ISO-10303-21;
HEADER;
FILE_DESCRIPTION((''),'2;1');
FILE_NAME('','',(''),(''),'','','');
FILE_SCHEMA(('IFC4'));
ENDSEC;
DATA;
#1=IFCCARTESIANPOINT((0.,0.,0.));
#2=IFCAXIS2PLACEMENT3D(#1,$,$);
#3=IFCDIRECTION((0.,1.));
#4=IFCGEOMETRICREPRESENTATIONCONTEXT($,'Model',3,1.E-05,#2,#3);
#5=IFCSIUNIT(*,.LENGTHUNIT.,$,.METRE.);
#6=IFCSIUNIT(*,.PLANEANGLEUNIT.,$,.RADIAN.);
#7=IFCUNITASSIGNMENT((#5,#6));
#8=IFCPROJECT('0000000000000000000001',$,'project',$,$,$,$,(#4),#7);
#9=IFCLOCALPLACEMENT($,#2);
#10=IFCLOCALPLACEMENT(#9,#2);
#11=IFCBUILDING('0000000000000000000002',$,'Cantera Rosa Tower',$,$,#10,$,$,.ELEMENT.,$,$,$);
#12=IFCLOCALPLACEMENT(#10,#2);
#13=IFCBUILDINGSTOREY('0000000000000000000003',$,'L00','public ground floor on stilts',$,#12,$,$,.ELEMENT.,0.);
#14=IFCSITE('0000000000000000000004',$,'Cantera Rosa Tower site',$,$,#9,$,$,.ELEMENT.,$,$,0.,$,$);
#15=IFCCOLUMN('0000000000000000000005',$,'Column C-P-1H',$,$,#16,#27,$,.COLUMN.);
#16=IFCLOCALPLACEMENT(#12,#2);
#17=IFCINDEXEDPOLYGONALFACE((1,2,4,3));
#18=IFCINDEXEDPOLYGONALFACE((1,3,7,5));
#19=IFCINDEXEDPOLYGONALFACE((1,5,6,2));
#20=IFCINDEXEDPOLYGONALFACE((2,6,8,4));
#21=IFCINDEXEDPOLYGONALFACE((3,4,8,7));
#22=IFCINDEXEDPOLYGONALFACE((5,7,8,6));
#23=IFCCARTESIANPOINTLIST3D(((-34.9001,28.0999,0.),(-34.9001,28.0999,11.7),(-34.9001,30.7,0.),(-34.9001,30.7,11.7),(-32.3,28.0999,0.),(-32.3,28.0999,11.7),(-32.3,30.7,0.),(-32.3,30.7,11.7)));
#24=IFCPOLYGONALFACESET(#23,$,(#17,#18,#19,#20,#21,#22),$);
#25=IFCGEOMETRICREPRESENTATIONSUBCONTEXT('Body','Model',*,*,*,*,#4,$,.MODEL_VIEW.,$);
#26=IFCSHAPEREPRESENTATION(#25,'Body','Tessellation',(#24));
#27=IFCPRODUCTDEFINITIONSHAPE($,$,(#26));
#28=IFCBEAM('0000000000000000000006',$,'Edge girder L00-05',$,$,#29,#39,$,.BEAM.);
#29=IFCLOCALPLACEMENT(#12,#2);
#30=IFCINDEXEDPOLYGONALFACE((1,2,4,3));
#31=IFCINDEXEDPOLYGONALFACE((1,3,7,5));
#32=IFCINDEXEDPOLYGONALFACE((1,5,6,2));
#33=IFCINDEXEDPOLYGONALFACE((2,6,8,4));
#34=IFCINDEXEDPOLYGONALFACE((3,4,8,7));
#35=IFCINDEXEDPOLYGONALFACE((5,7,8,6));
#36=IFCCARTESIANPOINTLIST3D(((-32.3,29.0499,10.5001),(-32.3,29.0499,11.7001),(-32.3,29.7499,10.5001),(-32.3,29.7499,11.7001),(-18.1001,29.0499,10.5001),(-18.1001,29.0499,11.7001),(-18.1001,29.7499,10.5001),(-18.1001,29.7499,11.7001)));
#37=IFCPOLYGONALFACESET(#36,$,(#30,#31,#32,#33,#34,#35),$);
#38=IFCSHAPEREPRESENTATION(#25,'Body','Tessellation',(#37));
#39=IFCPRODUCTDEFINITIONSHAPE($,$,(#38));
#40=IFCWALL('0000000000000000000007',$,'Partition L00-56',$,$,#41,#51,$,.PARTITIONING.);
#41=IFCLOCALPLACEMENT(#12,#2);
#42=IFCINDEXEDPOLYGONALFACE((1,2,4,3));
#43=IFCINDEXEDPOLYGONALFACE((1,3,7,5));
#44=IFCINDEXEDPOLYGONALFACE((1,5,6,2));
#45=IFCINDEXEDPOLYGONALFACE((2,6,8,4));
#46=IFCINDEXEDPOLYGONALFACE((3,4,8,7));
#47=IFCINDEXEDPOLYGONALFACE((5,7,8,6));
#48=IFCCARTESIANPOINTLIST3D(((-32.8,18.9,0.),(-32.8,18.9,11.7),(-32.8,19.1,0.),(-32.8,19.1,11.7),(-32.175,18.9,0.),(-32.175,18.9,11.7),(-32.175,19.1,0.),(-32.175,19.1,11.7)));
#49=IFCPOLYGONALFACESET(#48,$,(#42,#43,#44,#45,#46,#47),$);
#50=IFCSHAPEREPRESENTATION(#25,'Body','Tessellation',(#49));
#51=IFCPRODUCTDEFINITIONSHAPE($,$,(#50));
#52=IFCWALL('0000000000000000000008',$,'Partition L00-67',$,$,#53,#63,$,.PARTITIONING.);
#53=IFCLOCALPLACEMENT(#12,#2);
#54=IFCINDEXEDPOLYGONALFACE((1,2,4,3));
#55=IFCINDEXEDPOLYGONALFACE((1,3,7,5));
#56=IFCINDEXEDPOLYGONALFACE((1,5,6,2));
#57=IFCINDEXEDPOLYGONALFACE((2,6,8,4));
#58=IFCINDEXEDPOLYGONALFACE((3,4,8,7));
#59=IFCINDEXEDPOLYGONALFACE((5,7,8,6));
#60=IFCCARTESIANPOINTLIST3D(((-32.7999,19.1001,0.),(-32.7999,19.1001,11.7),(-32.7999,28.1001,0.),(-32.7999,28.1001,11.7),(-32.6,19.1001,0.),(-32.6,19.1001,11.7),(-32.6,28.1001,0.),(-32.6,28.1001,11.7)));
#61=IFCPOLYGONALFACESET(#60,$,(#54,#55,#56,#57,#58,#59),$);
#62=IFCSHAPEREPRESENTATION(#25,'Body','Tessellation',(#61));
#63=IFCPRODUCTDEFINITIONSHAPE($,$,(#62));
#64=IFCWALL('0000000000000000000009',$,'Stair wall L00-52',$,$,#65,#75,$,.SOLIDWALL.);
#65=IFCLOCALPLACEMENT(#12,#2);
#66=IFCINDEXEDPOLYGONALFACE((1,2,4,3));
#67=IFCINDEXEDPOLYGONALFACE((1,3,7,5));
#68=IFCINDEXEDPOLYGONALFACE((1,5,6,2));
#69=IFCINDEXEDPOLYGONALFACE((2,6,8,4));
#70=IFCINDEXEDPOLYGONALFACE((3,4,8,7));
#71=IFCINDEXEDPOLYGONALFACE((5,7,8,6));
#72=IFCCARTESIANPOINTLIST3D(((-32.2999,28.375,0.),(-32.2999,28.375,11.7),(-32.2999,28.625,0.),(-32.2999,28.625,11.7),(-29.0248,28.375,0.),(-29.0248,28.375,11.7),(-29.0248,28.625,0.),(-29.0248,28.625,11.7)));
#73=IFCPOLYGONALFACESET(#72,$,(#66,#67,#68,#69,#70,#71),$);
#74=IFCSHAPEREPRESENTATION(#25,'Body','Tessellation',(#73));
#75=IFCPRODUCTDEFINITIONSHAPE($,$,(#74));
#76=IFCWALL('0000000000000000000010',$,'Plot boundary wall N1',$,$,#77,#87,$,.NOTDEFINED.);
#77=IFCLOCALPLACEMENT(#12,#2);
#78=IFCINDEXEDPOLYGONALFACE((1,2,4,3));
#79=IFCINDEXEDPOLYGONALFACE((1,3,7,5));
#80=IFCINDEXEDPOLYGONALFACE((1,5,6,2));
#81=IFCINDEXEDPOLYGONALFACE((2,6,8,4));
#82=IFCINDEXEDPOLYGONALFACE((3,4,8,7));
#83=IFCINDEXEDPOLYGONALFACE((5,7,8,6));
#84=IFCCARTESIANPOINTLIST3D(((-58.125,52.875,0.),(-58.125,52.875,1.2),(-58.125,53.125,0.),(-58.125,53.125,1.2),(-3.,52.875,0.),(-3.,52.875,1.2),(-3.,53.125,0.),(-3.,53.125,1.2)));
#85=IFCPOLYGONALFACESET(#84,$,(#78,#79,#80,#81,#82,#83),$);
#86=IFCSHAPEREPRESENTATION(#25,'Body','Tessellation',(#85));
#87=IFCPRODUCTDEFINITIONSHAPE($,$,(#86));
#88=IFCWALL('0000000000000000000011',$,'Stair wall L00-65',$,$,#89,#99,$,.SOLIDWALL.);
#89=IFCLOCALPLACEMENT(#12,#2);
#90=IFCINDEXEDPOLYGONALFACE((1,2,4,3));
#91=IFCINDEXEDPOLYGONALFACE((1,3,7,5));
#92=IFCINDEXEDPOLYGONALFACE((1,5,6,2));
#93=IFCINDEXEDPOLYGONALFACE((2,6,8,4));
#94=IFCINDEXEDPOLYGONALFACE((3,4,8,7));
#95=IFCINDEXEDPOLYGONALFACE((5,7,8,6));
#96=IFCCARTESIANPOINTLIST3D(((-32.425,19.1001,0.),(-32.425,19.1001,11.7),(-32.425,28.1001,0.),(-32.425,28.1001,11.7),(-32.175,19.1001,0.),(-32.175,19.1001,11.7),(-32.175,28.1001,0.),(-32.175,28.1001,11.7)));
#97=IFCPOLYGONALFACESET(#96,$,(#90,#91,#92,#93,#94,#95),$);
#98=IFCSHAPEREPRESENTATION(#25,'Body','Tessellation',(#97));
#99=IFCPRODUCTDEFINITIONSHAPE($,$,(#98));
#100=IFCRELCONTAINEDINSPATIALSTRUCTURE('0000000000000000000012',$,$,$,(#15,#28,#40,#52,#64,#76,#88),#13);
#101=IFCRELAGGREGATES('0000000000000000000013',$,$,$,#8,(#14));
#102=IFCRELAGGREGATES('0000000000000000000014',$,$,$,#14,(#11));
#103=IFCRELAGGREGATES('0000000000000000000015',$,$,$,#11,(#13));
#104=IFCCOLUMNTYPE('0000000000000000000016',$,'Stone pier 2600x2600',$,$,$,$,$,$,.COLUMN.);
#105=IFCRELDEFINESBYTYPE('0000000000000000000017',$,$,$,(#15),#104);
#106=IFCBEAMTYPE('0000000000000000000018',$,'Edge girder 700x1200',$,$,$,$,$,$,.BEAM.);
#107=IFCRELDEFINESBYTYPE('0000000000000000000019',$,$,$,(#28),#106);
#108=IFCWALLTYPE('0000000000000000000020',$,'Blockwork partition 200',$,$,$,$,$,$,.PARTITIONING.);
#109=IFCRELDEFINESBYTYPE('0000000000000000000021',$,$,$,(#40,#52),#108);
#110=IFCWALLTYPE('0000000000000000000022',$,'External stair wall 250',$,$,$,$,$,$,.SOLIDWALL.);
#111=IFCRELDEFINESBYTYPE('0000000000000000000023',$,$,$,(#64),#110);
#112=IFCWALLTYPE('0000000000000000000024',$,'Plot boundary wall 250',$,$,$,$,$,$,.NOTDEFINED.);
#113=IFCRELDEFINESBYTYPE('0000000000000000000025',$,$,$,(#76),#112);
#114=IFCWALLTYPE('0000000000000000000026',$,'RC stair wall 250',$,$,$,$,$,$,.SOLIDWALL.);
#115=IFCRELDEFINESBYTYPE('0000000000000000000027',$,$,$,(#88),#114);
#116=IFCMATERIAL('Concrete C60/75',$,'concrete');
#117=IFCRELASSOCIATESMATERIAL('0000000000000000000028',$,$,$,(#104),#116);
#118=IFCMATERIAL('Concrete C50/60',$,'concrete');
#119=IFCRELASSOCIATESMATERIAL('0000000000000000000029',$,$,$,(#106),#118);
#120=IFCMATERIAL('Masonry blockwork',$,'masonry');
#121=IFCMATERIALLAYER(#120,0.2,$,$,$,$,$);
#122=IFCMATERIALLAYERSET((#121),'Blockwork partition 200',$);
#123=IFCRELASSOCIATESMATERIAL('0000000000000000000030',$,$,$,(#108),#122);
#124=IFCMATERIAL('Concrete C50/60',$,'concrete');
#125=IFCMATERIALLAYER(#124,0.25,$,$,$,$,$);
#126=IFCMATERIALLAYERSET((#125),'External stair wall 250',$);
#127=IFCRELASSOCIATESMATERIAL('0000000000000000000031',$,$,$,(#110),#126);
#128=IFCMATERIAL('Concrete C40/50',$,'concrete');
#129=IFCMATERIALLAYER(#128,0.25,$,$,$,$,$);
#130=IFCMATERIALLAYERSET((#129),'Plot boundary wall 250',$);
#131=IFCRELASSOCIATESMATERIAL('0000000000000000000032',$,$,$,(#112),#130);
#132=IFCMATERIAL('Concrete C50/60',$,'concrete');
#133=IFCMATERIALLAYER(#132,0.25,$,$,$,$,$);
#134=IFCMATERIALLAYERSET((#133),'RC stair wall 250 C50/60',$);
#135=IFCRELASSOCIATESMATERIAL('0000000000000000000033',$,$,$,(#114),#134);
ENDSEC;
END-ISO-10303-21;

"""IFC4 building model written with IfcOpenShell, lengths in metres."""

from ifc_helpers import new_model, si_unit, direction, frame, frame_2d, origin, origin_2d, place, context, subcontext, project, spatial, rectangle, extrude, material, layer, layer_set, material_profile, profile_set, type_object, element, save


model = new_model("IFC4")

# Units and contexts
model_context = context("Model", 3, precision=1e-05, world=origin(), true_north=direction((0.0, 1.0)))
body_context = subcontext(model_context, "Body", "Model", "MODEL_VIEW")
ifc_project = project(units=[si_unit("LENGTHUNIT", "METRE"), si_unit("PLANEANGLEUNIT", "RADIAN")], contexts=[model_context])

# Site, building, storey
site_placement = place(None, origin())
site = spatial("IfcSite", under=ifc_project, at=site_placement, Name="Cantera Rosa Tower site", CompositionType="ELEMENT", RefElevation=0.0)
building_placement = place(site_placement, origin())
building = spatial("IfcBuilding", under=site, at=building_placement, Name="Cantera Rosa Tower", CompositionType="ELEMENT")
storey_placement = place(building_placement, origin())
storey = spatial("IfcBuildingStorey", under=building, at=storey_placement, Name="L00", Description="public ground floor on stilts", CompositionType="ELEMENT", Elevation=0.0)

# Column
ifc_material_1 = material(Name="Concrete C60/75", Category="concrete")
ifc_material_profile_1 = material_profile(ifc_material_1, rectangle(XDim=2.6001, YDim=2.6001, at=origin_2d()), Name="Stone pier 2600x2600")
ifc_profile_set_1 = profile_set([ifc_material_profile_1], Name="Concrete C60/75")
column_type = type_object("IfcColumnType", Name="Stone pier 2600x2600", PredefinedType="COLUMN", material=ifc_profile_set_1)
column_placement = place(storey_placement, frame((-33.6001, 29.3999, 0.0), z_axis=(0.0, 0.0, 1.0), x_axis=(1.0, 0.0, 0.0)))
element("IfcColumn", 1, at=column_placement, inside=storey, type_object=column_type, Name="Column C-P-1H", PredefinedType="COLUMN", context=body_context, shape_type="SweptSolid", body=[
    extrude(rectangle(XDim=2.6001, YDim=2.6001, at=origin_2d()), origin(), (0.0, 0.0, 1.0), 11.7),
])

# Beam
ifc_material_2 = material(Name="Concrete C50/60", Category="concrete")
ifc_material_profile_2 = material_profile(ifc_material_2, rectangle(XDim=0.7, YDim=1.2, at=origin_2d()), Name="Edge girder 700x1200")
ifc_profile_set_2 = profile_set([ifc_material_profile_2], Name="Concrete C50/60")
beam_type = type_object("IfcBeamType", Name="Edge girder 700x1200", PredefinedType="BEAM", material=ifc_profile_set_2)
beam_placement = place(storey_placement, frame((-32.3, 29.3999, 11.1001), z_axis=(1.0, 0.0, 0.0), x_axis=(0.0, 1.0, 0.0)))
element("IfcBeam", 2, at=beam_placement, inside=storey, type_object=beam_type, Name="Edge girder L00-05", PredefinedType="BEAM", context=body_context, shape_type="SweptSolid", body=[
    extrude(rectangle(XDim=0.7, YDim=1.2, at=origin_2d()), origin(), (0.0, 0.0, 1.0), 14.2),
])

# Walls
ifc_material_3 = material(Name="Masonry blockwork", Category="masonry")
ifc_layer_1 = layer(ifc_material_3, 0.2)
ifc_layer_set_1 = layer_set([ifc_layer_1], Name="Blockwork partition 200")
wall_type_1 = type_object("IfcWallType", Name="Blockwork partition 200", PredefinedType="PARTITIONING", material=ifc_layer_set_1)
wall_1_placement = place(storey_placement, frame((-32.8, 19.0, 0.0), z_axis=(0.0, 0.0, 1.0), x_axis=(1.0, 0.0, 0.0)))
element("IfcWall", 3, at=wall_1_placement, inside=storey, type_object=wall_type_1, Name="Partition L00-56", PredefinedType="PARTITIONING", context=body_context, shape_type="SweptSolid", body=[
    extrude(rectangle(XDim=0.625, YDim=0.2, at=frame_2d((0.3125, 0.0))), origin(), (0.0, 0.0, 1.0), 11.7),
])
wall_2_placement = place(storey_placement, frame((-32.7, 19.1001, 0.0), z_axis=(0.0, 0.0, 1.0), x_axis=(0.0, 1.0, 0.0)))
element("IfcWall", 4, at=wall_2_placement, inside=storey, type_object=wall_type_1, Name="Partition L00-67", PredefinedType="PARTITIONING", context=body_context, shape_type="SweptSolid", body=[
    extrude(rectangle(XDim=9.0, YDim=0.2, at=frame_2d((4.5, 0.0))), origin(), (0.0, 0.0, 1.0), 11.7),
])
ifc_material_4 = material(Name="Concrete C50/60", Category="concrete")
ifc_layer_2 = layer(ifc_material_4, 0.25)
ifc_layer_set_2 = layer_set([ifc_layer_2], Name="External stair wall 250")
wall_type_2 = type_object("IfcWallType", Name="External stair wall 250", PredefinedType="SOLIDWALL", material=ifc_layer_set_2)
wall_3_placement = place(storey_placement, frame((-32.3, 28.5, 0.0), z_axis=(0.0, 0.0, 1.0), x_axis=(1.0, 0.0, 0.0)))
element("IfcWall", 5, at=wall_3_placement, inside=storey, type_object=wall_type_2, Name="Stair wall L00-52", PredefinedType="SOLIDWALL", context=body_context, shape_type="SweptSolid", body=[
    extrude(rectangle(XDim=3.2751, YDim=0.25, at=frame_2d((1.6377, 0.0))), origin(), (0.0, 0.0, 1.0), 11.7),
])
ifc_material_5 = material(Name="Concrete C40/50", Category="concrete")
ifc_layer_3 = layer(ifc_material_5, 0.25)
ifc_layer_set_3 = layer_set([ifc_layer_3], Name="Plot boundary wall 250")
wall_type_3 = type_object("IfcWallType", Name="Plot boundary wall 250", PredefinedType="NOTDEFINED", material=ifc_layer_set_3)
wall_4_placement = place(storey_placement, frame((-58.125, 53.0, 0.0), z_axis=(0.0, 0.0, 1.0), x_axis=(1.0, 0.0, 0.0)))
element("IfcWall", 6, at=wall_4_placement, inside=storey, type_object=wall_type_3, Name="Plot boundary wall N1", PredefinedType="NOTDEFINED", context=body_context, shape_type="SweptSolid", body=[
    extrude(rectangle(XDim=55.125, YDim=0.25, at=frame_2d((27.5625, 0.0))), origin(), (0.0, 0.0, 1.0), 1.2),
])
ifc_material_6 = material(Name="Concrete C50/60", Category="concrete")
ifc_layer_4 = layer(ifc_material_6, 0.25)
ifc_layer_set_4 = layer_set([ifc_layer_4], Name="RC stair wall 250 C50/60")
wall_type_4 = type_object("IfcWallType", Name="RC stair wall 250", PredefinedType="SOLIDWALL", material=ifc_layer_set_4)
wall_5_placement = place(storey_placement, frame((-32.3, 19.1001, 0.0), z_axis=(0.0, 0.0, 1.0), x_axis=(0.0, 1.0, 0.0)))
element("IfcWall", 7, at=wall_5_placement, inside=storey, type_object=wall_type_4, Name="Stair wall L00-65", PredefinedType="SOLIDWALL", context=body_context, shape_type="SweptSolid", body=[
    extrude(rectangle(XDim=9.0, YDim=0.25, at=frame_2d((4.5, 0.0))), origin(), (0.0, 0.0, 1.0), 11.7),
])

save(model, "model.ifc")
